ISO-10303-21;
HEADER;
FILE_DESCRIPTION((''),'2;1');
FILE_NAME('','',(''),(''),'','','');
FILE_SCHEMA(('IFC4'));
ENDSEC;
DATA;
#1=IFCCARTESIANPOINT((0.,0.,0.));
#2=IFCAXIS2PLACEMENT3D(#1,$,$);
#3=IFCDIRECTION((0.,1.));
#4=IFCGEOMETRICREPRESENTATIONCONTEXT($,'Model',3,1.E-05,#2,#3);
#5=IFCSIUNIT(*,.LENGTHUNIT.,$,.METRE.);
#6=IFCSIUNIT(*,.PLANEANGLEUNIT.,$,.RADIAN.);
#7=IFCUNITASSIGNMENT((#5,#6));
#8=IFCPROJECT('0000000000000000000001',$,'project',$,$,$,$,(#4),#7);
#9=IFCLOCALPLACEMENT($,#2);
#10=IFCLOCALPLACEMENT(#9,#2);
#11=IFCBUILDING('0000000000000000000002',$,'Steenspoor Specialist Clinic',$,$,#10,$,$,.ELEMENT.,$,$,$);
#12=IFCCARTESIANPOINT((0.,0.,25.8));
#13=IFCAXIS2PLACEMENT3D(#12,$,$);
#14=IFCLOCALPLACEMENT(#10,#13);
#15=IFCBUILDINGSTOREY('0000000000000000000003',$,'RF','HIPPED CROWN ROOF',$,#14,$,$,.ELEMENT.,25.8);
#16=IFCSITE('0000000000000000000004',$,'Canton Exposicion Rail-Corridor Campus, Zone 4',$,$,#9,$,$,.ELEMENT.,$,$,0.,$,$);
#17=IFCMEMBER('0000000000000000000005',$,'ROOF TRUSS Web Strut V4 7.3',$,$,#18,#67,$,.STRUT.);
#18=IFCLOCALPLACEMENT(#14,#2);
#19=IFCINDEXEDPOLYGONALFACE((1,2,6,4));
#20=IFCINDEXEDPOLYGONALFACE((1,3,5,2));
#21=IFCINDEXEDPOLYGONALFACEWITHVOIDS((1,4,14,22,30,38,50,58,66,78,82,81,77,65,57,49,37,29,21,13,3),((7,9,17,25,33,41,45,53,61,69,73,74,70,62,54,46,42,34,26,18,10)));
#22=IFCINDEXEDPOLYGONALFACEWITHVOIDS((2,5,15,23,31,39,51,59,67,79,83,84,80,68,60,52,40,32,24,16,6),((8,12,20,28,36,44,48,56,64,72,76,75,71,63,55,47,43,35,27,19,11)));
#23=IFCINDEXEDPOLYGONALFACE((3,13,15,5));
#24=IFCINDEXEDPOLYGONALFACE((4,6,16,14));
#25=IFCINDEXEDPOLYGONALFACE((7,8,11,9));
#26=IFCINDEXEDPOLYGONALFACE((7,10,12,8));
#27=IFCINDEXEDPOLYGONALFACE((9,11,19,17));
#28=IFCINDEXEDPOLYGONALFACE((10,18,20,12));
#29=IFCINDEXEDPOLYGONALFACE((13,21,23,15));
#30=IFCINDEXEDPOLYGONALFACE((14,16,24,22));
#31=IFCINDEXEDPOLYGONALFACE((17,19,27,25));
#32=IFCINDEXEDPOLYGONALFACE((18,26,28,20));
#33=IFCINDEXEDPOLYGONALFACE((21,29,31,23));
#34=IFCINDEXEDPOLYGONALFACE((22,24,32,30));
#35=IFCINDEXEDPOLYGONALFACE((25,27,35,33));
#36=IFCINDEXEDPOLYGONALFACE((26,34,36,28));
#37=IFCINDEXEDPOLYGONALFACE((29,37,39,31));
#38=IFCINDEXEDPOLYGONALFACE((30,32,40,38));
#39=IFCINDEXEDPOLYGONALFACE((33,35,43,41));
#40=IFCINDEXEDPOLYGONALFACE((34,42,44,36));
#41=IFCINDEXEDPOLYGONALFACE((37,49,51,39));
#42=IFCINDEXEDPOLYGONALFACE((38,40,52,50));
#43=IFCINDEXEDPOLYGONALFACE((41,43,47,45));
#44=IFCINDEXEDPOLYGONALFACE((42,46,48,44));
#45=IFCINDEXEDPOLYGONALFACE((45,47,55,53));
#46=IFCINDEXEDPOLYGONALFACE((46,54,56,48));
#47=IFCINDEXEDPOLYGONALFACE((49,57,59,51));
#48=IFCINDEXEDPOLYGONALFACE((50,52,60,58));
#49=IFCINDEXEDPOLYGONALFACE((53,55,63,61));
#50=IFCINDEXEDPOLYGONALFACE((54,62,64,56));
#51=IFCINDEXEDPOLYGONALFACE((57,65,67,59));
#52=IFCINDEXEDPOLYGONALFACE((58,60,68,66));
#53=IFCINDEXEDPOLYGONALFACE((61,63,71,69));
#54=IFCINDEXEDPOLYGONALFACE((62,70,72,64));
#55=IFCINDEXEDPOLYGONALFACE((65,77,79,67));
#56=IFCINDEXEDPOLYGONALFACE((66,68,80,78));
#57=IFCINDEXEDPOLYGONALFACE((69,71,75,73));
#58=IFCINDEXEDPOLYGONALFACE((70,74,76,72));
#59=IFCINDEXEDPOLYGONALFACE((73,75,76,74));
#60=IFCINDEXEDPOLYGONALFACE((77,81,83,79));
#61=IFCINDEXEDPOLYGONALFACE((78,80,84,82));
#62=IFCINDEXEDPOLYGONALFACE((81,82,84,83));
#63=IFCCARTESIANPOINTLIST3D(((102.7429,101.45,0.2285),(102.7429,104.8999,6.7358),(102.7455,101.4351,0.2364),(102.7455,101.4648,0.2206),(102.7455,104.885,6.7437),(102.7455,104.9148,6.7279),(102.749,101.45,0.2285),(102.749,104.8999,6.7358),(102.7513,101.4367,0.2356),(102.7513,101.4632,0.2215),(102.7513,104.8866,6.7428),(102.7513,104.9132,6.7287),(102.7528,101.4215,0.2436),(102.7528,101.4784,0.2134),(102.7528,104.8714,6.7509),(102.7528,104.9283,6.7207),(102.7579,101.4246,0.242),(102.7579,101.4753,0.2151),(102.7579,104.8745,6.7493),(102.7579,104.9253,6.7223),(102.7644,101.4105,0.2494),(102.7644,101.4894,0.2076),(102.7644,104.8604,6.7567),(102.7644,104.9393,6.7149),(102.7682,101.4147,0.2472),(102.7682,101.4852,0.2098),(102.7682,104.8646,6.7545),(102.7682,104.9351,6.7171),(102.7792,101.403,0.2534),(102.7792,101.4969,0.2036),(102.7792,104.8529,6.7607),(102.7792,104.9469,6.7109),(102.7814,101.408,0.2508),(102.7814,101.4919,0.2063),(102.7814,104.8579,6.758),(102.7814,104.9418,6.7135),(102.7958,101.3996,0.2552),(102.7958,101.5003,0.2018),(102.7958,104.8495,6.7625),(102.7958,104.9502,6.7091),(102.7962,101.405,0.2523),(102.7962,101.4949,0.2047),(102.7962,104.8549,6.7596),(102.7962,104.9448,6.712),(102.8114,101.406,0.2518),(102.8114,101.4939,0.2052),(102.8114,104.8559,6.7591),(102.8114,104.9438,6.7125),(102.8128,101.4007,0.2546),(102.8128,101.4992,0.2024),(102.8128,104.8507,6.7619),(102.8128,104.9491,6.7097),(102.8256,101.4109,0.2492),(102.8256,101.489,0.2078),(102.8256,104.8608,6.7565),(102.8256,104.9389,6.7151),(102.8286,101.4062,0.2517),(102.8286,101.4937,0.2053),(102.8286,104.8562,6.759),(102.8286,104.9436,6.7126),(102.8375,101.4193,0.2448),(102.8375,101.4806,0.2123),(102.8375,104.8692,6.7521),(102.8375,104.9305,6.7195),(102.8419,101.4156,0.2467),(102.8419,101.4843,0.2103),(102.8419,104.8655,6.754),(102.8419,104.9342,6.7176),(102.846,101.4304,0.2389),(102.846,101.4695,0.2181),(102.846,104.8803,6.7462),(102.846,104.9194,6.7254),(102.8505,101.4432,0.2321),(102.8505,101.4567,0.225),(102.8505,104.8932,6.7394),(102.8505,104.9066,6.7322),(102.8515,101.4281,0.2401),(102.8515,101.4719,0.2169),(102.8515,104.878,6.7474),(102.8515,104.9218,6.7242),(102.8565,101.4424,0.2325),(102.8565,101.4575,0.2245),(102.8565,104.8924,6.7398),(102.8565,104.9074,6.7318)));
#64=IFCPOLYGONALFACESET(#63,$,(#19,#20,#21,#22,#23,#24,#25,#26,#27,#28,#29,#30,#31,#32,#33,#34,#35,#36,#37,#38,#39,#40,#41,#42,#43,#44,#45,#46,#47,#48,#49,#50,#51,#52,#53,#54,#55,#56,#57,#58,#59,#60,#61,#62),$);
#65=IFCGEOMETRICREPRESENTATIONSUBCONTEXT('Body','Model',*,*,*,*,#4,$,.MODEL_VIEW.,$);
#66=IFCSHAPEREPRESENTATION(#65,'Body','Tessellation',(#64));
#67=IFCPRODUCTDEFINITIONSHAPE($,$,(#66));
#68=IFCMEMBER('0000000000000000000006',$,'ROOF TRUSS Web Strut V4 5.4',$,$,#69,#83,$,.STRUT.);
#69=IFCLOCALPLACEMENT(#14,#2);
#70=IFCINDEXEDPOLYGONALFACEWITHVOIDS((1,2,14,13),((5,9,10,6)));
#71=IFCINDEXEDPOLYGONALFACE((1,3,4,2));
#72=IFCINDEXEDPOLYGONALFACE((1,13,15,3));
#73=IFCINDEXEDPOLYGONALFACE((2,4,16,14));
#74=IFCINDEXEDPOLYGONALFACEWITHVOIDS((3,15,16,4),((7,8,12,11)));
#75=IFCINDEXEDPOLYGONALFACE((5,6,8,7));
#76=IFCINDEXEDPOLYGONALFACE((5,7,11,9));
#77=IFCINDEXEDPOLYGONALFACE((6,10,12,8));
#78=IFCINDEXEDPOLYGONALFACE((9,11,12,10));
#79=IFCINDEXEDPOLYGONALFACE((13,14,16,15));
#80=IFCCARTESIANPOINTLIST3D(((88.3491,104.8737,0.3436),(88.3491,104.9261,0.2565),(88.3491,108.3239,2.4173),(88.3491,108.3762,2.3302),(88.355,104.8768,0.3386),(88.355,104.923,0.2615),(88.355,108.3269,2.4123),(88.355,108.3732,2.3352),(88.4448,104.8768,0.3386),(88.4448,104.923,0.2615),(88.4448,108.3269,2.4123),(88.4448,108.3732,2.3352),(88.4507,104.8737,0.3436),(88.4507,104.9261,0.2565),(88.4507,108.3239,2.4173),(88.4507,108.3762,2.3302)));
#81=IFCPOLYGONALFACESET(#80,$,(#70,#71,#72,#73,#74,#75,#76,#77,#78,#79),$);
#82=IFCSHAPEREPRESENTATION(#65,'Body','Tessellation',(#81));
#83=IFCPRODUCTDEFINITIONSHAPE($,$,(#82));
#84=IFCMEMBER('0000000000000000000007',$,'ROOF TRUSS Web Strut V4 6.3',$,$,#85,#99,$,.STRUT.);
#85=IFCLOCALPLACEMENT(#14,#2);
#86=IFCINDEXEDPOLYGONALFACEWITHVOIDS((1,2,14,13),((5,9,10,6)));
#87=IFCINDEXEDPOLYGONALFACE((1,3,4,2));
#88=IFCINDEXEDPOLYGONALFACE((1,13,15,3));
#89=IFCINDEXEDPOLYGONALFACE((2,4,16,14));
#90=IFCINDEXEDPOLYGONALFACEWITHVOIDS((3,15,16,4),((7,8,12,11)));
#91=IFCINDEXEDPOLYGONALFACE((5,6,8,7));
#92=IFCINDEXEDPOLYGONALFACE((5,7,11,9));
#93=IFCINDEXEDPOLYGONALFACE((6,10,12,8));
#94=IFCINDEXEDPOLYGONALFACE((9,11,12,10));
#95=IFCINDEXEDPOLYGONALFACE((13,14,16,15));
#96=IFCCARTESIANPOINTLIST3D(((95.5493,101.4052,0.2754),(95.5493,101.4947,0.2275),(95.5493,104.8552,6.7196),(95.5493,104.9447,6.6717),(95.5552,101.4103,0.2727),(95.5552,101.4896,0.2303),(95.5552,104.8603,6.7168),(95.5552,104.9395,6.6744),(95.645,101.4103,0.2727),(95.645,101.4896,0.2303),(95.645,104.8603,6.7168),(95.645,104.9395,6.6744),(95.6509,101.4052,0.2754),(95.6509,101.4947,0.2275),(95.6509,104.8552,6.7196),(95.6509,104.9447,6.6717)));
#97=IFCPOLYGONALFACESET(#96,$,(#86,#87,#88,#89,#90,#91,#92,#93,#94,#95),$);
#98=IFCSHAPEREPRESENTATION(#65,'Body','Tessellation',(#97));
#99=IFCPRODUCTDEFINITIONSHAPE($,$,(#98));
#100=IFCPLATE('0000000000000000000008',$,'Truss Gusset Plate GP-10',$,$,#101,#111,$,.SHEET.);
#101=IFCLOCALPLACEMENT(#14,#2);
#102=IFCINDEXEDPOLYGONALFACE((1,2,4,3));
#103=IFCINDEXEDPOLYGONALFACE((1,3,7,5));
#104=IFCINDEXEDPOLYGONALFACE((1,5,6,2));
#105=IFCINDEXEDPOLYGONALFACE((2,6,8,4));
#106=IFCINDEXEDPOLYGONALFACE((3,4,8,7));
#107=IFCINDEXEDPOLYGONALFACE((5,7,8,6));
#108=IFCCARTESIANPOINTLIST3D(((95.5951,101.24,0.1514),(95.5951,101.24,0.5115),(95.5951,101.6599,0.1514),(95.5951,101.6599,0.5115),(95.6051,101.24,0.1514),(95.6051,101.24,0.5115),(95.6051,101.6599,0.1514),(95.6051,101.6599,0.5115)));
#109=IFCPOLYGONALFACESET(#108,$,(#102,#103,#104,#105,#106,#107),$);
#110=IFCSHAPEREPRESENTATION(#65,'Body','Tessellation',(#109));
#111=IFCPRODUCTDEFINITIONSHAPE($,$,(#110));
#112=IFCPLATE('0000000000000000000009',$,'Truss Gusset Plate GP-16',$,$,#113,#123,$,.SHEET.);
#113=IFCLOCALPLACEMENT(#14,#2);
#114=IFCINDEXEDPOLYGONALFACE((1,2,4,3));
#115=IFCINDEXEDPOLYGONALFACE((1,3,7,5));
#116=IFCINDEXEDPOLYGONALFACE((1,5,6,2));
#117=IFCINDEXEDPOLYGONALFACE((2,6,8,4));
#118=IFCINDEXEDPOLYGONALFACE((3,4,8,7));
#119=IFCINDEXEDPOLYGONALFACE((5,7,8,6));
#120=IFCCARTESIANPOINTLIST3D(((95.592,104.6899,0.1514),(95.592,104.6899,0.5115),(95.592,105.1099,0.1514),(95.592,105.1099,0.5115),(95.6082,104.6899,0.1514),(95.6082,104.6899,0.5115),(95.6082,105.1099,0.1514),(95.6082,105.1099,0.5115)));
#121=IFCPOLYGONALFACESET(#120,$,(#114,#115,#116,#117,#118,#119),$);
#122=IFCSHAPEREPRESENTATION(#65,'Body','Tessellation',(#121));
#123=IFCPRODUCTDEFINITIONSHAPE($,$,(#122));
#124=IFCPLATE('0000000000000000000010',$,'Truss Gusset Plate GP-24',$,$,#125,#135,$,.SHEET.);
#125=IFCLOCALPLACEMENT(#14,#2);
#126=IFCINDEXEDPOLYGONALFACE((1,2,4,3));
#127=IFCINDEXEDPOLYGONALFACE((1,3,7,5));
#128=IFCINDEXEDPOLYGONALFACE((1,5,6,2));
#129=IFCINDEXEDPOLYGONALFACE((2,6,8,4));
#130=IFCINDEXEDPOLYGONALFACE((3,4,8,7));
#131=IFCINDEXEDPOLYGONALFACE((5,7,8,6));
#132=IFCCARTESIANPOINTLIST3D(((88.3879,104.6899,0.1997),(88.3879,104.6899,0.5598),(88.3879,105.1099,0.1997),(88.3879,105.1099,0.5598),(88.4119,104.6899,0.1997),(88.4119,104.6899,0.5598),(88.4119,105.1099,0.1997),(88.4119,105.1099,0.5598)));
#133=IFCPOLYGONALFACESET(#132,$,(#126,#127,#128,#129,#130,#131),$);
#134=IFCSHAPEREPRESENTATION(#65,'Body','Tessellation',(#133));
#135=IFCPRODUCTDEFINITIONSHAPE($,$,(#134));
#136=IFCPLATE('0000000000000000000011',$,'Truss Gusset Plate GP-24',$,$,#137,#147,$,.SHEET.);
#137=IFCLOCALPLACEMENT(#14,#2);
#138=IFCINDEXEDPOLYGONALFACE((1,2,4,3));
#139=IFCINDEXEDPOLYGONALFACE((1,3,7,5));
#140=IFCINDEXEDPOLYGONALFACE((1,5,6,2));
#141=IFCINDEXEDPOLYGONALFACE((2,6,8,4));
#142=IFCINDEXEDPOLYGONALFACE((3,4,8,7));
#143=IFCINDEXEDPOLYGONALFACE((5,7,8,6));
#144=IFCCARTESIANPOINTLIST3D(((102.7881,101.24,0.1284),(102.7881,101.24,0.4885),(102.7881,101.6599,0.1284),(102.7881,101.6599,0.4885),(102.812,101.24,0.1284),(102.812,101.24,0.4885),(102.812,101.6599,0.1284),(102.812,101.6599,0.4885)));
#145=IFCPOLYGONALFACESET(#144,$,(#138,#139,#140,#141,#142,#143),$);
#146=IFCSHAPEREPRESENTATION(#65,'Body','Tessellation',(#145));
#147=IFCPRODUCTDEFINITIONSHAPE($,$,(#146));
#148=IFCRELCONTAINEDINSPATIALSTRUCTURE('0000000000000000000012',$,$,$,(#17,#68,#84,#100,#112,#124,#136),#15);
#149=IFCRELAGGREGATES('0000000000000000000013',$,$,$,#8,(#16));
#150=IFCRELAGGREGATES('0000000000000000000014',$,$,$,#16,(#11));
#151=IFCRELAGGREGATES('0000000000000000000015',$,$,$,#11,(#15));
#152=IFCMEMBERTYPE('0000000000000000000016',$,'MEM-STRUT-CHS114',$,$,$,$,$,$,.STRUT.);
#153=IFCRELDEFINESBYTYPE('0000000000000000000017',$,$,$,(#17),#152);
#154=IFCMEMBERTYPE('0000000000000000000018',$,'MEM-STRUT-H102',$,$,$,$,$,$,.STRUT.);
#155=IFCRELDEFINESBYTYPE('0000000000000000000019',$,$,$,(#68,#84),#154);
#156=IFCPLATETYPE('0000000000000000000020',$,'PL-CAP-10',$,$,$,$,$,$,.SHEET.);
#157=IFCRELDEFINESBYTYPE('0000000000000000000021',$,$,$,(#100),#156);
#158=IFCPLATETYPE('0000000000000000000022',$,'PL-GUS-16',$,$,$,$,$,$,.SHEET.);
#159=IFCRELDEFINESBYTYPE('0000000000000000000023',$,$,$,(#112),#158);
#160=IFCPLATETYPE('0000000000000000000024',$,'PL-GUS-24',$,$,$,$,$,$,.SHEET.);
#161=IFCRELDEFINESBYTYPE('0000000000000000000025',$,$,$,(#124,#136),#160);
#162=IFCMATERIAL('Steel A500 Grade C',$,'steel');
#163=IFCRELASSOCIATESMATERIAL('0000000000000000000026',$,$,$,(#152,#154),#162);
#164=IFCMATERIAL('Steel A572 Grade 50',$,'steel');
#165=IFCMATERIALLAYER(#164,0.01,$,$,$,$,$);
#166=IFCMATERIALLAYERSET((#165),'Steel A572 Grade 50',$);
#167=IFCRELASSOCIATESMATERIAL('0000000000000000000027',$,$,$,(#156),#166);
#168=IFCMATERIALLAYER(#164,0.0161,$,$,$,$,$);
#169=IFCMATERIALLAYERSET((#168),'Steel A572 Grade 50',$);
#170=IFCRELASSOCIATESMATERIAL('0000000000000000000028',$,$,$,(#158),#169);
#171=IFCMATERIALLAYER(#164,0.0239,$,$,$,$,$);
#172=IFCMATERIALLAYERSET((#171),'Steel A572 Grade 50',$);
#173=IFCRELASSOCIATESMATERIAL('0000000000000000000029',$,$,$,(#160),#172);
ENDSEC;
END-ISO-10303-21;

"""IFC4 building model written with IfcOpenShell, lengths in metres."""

from ifc_helpers import new_model, si_unit, direction, frame, origin, origin_2d, place, context, subcontext, project, spatial, rectangle, hollow_rectangle, hollow_circle, extrude, material, layer, layer_set, material_profile, profile_set, type_object, element, save


model = new_model("IFC4")

# Units and contexts
model_context = context("Model", 3, precision=1e-05, world=origin(), true_north=direction((0.0, 1.0)))
body_context = subcontext(model_context, "Body", "Model", "MODEL_VIEW")
ifc_project = project(units=[si_unit("LENGTHUNIT", "METRE"), si_unit("PLANEANGLEUNIT", "RADIAN")], contexts=[model_context])

# Site, building, storey
site_placement = place(None, origin())
site = spatial("IfcSite", under=ifc_project, at=site_placement, Name="Canton Exposicion Rail-Corridor Campus, Zone 4", CompositionType="ELEMENT", RefElevation=0.0)
building_placement = place(site_placement, origin())
building = spatial("IfcBuilding", under=site, at=building_placement, Name="Steenspoor Specialist Clinic", CompositionType="ELEMENT")
storey_placement = place(building_placement, frame((0.0, 0.0, 25.8)))
storey = spatial("IfcBuildingStorey", under=building, at=storey_placement, Name="RF", Description="HIPPED CROWN ROOF", CompositionType="ELEMENT", Elevation=25.8)

# Members
ifc_material_1 = material(Name="Steel A500 Grade C", Category="steel")
ifc_material_profile_1 = material_profile(ifc_material_1, hollow_circle(Radius=0.0571, WallThickness=0.0061, at=origin_2d()), Name="CHS114X6.0")
ifc_profile_set_1 = profile_set([ifc_material_profile_1], Name="Steel A500 Grade C")
member_type_1 = type_object("IfcMemberType", Name="MEM-STRUT-CHS114", PredefinedType="STRUT", material=ifc_profile_set_1)
member_1_placement = place(storey_placement, frame((102.8, 101.45, 0.2285), z_axis=(0.0, 0.468407, 0.883513), x_axis=(-1.0, 0.0, 0.0)))
element("IfcMember", 1, at=member_1_placement, inside=storey, type_object=member_type_1, Name="ROOF TRUSS Web Strut V4 7.3", PredefinedType="STRUT", context=body_context, shape_type="SweptSolid", body=[
    extrude(hollow_circle(Radius=0.0571, WallThickness=0.0061, at=origin_2d()), origin(), (0.0, 0.0, 1.0), 7.3652),
])
ifc_material_profile_2 = material_profile(ifc_material_1, hollow_rectangle(XDim=0.1016, YDim=0.1016, WallThickness=0.0059, at=origin_2d()), Name="HSS102X102X6.4")
ifc_profile_set_2 = profile_set([ifc_material_profile_2], Name="Steel A500 Grade C")
member_type_2 = type_object("IfcMemberType", Name="MEM-STRUT-H102", PredefinedType="STRUT", material=ifc_profile_set_2)
member_2_placement = place(storey_placement, frame((88.3999, 104.8999, 0.3), z_axis=(0.0, 0.857097, 0.515156), x_axis=(-1.0, 0.0, 0.0)))
element("IfcMember", 2, at=member_2_placement, inside=storey, type_object=member_type_2, Name="ROOF TRUSS Web Strut V4 5.4", PredefinedType="STRUT", context=body_context, shape_type="SweptSolid", body=[
    extrude(hollow_rectangle(XDim=0.1016, YDim=0.1016, WallThickness=0.0059, at=origin_2d()), origin(), (0.0, 0.0, 1.0), 4.0254),
])
member_3_placement = place(storey_placement, frame((95.6001, 101.45, 0.2515), z_axis=(0.0, 0.471983, 0.881608), x_axis=(-1.0, 0.0, 0.0)))
element("IfcMember", 3, at=member_3_placement, inside=storey, type_object=member_type_2, Name="ROOF TRUSS Web Strut V4 6.3", PredefinedType="STRUT", context=body_context, shape_type="SweptSolid", body=[
    extrude(hollow_rectangle(XDim=0.1016, YDim=0.1016, WallThickness=0.0059, at=origin_2d()), origin(), (0.0, 0.0, 1.0), 7.3096),
])

# Plates
ifc_material_2 = material(Name="Steel A572 Grade 50", Category="steel")
ifc_layer_1 = layer(ifc_material_2, 0.01)
ifc_layer_set_1 = layer_set([ifc_layer_1], Name="Steel A572 Grade 50")
plate_type_1 = type_object("IfcPlateType", Name="PL-CAP-10", PredefinedType="SHEET", material=ifc_layer_set_1)
plate_1_placement = place(storey_placement, frame((95.6001, 101.45, 0.1514), z_axis=(0.0, 0.0, 1.0), x_axis=(1.0, 0.0, 0.0)))
element("IfcPlate", 4, at=plate_1_placement, inside=storey, type_object=plate_type_1, Name="Truss Gusset Plate GP-10", PredefinedType="SHEET", context=body_context, shape_type="SweptSolid", body=[
    extrude(rectangle(XDim=0.01, YDim=0.4199, at=origin_2d()), origin(), (0.0, 0.0, 1.0), 0.3601),
])
ifc_layer_2 = layer(ifc_material_2, 0.0161)
ifc_layer_set_2 = layer_set([ifc_layer_2], Name="Steel A572 Grade 50")
plate_type_2 = type_object("IfcPlateType", Name="PL-GUS-16", PredefinedType="SHEET", material=ifc_layer_set_2)
plate_2_placement = place(storey_placement, frame((95.6001, 104.8999, 0.1514), z_axis=(0.0, 0.0, 1.0), x_axis=(1.0, 0.0, 0.0)))
element("IfcPlate", 5, at=plate_2_placement, inside=storey, type_object=plate_type_2, Name="Truss Gusset Plate GP-16", PredefinedType="SHEET", context=body_context, shape_type="SweptSolid", body=[
    extrude(rectangle(XDim=0.0161, YDim=0.4199, at=origin_2d()), origin(), (0.0, 0.0, 1.0), 0.3601),
])
ifc_layer_3 = layer(ifc_material_2, 0.0239)
ifc_layer_set_3 = layer_set([ifc_layer_3], Name="Steel A572 Grade 50")
plate_type_3 = type_object("IfcPlateType", Name="PL-GUS-24", PredefinedType="SHEET", material=ifc_layer_set_3)
for number, where, z_axis, x_axis, name in (
    (6, (88.3999, 104.8999, 0.1997), (0.0, 0.0, 1.0), (1.0, 0.0, 0.0), "Truss Gusset Plate GP-24"),
    (7, (102.8, 101.45, 0.1284), (0.0, 0.0, 1.0), (1.0, 0.0, 0.0), "Truss Gusset Plate GP-24"),
):
    element("IfcPlate", number, at=place(storey_placement, frame(where, z_axis=z_axis, x_axis=x_axis)), inside=storey, type_object=plate_type_3, Name=name, PredefinedType="SHEET", context=body_context, shape_type="SweptSolid", body=[
        extrude(rectangle(XDim=0.0239, YDim=0.4199, at=origin_2d()), origin(), (0.0, 0.0, 1.0), 0.3601),
    ])

save(model, "model.ifc")
